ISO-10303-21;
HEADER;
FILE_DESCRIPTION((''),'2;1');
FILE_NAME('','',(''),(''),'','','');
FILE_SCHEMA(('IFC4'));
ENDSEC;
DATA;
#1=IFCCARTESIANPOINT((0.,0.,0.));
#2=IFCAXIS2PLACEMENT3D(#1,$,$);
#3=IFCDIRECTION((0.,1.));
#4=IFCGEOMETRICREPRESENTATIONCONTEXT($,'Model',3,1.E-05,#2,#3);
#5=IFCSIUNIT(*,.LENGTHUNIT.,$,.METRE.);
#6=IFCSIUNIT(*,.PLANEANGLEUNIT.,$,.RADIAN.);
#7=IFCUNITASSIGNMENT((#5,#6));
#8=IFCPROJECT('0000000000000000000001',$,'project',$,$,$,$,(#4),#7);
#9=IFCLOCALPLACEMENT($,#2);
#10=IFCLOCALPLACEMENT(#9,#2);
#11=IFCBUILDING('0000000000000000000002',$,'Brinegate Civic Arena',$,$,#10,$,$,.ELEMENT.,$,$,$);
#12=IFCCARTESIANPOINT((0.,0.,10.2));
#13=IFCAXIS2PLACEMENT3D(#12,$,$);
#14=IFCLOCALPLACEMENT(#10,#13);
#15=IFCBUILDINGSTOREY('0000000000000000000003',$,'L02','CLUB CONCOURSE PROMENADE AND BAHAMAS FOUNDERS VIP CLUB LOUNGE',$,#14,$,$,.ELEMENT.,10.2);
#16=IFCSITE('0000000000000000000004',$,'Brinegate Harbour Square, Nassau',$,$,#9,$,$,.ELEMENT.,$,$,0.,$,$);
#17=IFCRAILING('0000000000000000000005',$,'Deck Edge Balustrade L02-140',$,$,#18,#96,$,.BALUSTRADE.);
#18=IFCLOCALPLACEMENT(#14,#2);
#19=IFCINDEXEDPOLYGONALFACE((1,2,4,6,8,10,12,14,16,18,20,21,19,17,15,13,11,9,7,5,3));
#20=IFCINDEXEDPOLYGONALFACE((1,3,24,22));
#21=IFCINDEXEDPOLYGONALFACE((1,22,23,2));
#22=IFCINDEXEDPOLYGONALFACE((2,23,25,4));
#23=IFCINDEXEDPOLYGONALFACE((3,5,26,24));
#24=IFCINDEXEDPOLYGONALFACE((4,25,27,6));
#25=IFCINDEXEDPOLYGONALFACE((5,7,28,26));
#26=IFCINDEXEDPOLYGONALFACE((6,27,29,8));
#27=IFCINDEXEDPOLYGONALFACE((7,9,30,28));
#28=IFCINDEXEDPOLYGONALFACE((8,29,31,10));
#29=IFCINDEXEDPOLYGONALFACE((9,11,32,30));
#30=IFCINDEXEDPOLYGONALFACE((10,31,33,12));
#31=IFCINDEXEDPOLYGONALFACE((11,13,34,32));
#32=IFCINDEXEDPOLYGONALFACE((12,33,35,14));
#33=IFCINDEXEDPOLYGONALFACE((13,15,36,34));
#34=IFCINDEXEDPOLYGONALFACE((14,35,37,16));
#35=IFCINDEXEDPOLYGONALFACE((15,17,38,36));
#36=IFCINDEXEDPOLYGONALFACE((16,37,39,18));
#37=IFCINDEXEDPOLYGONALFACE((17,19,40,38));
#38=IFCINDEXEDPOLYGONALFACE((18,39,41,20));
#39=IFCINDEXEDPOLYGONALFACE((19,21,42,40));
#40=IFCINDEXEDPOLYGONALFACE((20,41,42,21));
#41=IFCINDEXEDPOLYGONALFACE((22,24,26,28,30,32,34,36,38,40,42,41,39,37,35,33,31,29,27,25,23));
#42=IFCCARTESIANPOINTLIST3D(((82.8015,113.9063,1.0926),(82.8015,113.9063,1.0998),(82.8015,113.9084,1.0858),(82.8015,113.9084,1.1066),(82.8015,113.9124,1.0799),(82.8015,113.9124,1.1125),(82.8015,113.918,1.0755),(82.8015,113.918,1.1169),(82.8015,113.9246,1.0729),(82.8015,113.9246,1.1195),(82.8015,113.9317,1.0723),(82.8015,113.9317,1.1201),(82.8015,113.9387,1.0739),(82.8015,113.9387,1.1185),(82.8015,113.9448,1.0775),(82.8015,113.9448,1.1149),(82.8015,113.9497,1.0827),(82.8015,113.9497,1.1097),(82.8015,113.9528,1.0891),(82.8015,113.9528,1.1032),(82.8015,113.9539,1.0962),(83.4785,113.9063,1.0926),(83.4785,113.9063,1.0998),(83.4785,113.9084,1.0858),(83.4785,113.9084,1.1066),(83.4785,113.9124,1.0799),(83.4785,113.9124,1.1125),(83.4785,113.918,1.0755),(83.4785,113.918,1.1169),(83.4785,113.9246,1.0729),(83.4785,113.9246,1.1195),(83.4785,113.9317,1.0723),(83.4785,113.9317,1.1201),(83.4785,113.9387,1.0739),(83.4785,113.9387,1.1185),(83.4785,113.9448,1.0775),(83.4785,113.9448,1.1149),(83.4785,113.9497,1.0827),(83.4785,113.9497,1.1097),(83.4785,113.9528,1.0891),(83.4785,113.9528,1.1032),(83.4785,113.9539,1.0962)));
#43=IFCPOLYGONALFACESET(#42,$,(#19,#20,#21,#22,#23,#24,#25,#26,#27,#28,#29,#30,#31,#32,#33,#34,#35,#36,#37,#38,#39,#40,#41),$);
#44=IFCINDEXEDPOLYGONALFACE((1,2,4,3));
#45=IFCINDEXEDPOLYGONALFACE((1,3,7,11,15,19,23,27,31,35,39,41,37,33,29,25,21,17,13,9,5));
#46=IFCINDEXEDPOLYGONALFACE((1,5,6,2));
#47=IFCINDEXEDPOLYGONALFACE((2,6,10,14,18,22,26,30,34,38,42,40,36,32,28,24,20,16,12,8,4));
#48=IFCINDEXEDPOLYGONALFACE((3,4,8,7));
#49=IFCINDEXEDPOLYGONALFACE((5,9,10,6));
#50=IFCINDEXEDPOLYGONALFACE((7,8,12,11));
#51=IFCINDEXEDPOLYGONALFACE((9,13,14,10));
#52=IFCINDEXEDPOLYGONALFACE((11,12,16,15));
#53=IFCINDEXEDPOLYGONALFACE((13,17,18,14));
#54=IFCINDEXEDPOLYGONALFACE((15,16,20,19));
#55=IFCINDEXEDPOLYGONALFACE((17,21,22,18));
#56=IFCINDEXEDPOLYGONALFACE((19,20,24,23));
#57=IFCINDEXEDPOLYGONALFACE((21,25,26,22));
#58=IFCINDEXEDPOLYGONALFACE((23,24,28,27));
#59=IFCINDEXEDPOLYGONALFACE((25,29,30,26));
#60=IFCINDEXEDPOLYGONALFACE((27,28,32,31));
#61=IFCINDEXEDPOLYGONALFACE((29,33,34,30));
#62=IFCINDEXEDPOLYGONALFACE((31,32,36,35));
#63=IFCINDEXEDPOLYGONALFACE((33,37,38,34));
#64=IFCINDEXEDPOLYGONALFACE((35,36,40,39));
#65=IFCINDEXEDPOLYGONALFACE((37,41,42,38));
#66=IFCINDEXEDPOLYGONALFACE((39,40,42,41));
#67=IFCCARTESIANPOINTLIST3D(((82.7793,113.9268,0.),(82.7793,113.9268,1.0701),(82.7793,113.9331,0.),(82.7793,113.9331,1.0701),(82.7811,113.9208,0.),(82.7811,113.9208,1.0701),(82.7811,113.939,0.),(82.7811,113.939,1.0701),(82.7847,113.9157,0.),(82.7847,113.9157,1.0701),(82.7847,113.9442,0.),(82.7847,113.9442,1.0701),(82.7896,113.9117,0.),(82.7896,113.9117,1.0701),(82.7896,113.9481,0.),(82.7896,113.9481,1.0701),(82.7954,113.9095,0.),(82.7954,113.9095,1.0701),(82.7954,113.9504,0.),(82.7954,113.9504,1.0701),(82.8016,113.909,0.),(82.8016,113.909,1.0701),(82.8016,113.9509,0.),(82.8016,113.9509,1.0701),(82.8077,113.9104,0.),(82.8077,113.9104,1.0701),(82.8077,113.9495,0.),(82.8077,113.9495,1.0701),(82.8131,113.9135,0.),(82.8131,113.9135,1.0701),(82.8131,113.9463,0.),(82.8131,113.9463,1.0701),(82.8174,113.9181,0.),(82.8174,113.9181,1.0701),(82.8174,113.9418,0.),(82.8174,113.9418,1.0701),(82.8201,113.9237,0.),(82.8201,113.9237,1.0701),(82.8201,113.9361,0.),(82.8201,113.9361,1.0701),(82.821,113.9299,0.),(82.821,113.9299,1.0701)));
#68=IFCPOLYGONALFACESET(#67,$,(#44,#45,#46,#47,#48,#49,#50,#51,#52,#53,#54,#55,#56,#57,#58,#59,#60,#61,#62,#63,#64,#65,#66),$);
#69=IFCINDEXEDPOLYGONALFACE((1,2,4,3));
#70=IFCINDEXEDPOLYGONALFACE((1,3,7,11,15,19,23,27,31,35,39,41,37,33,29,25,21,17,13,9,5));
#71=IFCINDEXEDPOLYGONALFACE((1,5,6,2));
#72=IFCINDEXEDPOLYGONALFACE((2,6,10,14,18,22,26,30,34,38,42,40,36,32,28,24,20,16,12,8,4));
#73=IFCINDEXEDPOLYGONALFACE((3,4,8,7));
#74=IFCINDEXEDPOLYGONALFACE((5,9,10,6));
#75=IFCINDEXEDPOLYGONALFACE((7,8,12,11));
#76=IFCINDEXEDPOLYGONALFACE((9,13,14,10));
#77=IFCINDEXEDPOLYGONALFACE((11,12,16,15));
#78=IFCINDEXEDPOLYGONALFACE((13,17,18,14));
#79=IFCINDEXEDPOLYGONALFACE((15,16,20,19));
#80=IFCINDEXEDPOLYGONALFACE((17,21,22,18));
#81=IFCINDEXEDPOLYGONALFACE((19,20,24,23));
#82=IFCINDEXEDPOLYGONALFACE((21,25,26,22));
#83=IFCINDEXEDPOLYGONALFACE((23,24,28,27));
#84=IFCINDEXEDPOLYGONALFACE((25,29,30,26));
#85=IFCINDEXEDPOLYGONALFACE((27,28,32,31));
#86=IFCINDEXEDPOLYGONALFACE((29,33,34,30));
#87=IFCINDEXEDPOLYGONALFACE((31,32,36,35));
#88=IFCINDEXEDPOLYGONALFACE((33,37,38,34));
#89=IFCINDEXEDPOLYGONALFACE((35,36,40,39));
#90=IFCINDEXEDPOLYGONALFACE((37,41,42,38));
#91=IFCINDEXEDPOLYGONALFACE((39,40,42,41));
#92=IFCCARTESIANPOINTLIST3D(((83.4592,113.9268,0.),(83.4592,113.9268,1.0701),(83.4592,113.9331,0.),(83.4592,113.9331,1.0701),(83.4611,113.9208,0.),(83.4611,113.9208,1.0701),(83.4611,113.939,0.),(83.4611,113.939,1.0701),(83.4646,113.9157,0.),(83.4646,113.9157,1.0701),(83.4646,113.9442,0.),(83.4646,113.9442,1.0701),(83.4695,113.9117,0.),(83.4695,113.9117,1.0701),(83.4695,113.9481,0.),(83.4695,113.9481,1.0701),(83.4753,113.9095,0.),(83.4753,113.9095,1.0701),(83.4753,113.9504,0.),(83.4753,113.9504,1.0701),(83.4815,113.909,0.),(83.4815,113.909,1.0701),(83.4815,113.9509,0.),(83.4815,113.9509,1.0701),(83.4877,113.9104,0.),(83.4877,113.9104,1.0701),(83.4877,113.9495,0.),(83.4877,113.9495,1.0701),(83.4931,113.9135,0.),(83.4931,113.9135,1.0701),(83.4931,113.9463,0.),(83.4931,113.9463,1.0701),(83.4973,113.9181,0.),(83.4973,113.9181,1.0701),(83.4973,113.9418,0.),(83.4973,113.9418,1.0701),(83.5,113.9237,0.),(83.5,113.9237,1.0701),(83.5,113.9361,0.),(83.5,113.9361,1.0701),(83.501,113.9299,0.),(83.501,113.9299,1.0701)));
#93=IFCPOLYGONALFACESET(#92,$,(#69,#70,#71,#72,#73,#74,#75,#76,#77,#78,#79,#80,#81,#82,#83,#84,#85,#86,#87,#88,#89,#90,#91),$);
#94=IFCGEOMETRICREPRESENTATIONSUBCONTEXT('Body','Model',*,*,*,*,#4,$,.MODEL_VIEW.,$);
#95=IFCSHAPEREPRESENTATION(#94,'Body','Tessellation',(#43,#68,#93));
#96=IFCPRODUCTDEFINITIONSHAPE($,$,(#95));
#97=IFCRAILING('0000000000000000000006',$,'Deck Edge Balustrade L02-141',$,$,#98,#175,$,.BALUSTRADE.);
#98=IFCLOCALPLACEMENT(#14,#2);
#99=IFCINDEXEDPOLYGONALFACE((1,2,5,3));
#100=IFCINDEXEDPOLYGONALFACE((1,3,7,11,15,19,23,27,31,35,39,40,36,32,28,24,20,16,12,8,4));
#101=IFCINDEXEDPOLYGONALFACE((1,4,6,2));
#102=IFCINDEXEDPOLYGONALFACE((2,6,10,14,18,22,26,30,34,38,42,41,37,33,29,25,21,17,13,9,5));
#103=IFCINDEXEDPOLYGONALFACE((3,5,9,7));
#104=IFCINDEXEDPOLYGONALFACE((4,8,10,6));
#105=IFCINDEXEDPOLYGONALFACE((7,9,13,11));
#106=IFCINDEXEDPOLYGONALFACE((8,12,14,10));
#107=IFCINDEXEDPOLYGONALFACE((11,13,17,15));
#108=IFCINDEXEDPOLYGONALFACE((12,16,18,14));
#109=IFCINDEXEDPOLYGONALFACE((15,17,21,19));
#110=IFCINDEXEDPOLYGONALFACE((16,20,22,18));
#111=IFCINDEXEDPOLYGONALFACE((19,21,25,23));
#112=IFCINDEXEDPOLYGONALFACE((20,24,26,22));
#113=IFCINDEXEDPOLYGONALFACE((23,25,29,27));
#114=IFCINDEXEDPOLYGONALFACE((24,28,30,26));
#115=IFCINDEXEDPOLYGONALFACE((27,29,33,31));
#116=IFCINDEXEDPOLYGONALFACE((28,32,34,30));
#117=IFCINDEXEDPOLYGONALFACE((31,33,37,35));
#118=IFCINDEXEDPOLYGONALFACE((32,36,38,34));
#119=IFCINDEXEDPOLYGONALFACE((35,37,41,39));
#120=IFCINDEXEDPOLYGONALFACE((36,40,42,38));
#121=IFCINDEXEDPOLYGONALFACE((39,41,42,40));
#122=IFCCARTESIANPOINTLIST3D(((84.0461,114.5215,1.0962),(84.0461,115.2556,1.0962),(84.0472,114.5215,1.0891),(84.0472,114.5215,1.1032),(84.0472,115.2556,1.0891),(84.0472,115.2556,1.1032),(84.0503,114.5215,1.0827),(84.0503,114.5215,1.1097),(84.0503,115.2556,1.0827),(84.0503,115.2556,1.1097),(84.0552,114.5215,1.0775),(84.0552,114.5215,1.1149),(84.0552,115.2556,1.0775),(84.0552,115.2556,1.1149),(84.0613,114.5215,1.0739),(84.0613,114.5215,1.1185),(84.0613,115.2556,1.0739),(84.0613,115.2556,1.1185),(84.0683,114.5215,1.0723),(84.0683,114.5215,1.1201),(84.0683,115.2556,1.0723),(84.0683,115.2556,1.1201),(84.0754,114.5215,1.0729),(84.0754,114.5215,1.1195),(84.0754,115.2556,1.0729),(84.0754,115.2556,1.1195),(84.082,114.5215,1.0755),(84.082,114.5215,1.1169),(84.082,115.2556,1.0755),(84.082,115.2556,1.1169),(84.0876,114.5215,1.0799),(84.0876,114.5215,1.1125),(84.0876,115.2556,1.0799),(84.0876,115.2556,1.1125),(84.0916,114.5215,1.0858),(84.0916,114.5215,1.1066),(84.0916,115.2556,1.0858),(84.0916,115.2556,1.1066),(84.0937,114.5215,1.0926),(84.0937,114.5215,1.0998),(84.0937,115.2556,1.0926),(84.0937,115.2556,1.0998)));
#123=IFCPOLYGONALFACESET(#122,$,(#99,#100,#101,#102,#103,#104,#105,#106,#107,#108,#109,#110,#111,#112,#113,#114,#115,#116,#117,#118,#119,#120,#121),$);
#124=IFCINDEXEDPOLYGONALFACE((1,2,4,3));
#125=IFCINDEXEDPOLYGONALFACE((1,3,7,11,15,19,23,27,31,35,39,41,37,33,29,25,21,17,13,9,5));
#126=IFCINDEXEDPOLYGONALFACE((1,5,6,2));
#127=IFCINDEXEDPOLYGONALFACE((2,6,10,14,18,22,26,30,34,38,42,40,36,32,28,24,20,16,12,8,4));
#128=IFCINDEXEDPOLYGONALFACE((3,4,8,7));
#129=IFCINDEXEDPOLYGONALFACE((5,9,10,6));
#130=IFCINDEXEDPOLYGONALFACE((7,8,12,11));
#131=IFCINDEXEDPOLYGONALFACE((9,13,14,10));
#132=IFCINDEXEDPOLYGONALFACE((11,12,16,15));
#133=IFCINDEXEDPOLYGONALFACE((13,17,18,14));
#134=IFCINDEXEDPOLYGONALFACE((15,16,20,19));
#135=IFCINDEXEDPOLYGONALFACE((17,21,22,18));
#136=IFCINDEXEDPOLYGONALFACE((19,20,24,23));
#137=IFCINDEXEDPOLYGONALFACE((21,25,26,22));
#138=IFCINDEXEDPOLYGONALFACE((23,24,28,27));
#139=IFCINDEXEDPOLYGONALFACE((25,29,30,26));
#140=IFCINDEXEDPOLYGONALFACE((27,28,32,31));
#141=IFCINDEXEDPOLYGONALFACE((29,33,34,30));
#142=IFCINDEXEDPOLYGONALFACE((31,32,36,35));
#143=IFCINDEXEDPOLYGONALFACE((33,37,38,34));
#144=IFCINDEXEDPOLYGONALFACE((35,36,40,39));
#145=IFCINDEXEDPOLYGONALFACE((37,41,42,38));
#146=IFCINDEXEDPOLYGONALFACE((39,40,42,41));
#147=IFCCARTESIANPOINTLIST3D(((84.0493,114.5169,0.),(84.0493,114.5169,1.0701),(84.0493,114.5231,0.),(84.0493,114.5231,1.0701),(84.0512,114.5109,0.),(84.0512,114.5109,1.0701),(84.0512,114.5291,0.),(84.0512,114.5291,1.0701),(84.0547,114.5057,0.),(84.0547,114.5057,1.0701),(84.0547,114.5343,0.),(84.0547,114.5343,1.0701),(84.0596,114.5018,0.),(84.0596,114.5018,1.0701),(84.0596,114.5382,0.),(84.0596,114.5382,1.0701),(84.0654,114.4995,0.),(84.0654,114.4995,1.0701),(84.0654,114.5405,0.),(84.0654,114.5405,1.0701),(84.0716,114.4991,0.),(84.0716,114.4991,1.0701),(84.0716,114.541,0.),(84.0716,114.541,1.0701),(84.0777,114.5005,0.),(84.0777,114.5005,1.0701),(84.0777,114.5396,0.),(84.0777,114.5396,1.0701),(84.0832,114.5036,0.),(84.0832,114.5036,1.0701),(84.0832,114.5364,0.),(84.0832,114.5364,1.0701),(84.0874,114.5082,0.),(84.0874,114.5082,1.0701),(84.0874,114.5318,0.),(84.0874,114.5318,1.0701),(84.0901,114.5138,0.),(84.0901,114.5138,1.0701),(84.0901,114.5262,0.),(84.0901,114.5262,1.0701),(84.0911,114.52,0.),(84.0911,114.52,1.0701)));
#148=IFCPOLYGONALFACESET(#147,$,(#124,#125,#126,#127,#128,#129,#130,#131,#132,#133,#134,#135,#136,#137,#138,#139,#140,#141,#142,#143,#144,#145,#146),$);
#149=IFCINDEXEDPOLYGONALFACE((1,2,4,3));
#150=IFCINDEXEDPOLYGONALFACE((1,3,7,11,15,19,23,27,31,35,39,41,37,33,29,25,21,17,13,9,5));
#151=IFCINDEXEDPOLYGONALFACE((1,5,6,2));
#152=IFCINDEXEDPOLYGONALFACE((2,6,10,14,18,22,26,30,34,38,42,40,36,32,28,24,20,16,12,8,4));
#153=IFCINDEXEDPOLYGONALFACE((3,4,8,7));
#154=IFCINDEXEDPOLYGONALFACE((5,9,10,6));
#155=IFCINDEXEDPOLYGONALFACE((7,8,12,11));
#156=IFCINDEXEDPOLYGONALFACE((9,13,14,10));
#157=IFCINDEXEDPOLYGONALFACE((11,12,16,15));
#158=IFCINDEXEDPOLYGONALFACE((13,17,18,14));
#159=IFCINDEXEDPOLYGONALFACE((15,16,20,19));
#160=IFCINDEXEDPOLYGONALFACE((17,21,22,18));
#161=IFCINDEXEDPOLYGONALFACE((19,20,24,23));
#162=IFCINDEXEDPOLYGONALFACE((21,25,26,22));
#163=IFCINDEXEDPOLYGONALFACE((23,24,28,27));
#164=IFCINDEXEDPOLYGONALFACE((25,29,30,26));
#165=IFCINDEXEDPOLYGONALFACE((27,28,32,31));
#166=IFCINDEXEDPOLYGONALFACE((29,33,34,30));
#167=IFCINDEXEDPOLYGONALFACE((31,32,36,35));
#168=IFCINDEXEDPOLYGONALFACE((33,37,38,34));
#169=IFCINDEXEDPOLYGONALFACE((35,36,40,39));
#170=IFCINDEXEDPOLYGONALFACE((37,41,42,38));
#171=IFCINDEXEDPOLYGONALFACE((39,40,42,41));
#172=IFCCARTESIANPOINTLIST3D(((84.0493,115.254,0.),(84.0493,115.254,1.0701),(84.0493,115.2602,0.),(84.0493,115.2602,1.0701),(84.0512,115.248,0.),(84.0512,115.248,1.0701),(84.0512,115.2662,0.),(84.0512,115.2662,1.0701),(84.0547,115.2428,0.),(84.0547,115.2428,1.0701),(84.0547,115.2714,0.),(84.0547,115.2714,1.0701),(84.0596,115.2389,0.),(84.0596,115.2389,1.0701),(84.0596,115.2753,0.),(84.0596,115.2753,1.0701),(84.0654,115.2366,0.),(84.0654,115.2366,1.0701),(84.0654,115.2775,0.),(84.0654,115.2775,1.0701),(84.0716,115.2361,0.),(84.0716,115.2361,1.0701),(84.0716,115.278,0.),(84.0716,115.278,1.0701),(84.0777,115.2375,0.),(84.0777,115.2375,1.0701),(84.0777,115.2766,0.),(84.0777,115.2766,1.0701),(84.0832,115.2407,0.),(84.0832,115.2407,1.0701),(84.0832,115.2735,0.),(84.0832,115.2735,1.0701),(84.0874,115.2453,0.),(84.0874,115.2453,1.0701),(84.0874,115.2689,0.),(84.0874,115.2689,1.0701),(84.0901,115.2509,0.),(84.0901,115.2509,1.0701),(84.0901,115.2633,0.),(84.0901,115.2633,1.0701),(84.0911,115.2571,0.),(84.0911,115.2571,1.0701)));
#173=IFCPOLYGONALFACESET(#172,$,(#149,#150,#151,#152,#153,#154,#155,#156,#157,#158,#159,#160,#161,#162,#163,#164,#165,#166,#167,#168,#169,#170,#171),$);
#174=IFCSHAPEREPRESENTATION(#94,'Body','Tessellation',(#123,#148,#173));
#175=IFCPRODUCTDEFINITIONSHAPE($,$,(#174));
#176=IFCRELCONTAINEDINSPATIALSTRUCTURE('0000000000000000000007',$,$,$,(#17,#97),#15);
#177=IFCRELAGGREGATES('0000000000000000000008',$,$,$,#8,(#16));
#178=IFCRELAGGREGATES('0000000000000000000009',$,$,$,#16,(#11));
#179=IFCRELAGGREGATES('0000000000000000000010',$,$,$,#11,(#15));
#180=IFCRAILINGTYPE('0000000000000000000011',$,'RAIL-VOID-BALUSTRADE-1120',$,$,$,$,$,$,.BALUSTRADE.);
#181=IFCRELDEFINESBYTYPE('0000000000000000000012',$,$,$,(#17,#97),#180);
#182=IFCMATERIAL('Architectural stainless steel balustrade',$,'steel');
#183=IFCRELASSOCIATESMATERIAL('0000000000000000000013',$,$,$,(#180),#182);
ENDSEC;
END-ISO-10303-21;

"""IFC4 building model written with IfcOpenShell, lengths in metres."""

from ifc_helpers import new_model, si_unit, direction, frame, origin, origin_2d, place, context, subcontext, project, spatial, circle, extrude, material, type_object, element, save


model = new_model("IFC4")

# Units and contexts
model_context = context("Model", 3, precision=1e-05, world=origin(), true_north=direction((0.0, 1.0)))
body_context = subcontext(model_context, "Body", "Model", "MODEL_VIEW")
ifc_project = project(units=[si_unit("LENGTHUNIT", "METRE"), si_unit("PLANEANGLEUNIT", "RADIAN")], contexts=[model_context])

# Site, building, storey
site_placement = place(None, origin())
site = spatial("IfcSite", under=ifc_project, at=site_placement, Name="Brinegate Harbour Square, Nassau", CompositionType="ELEMENT", RefElevation=0.0)
building_placement = place(site_placement, origin())
building = spatial("IfcBuilding", under=site, at=building_placement, Name="Brinegate Civic Arena", CompositionType="ELEMENT")
storey_placement = place(building_placement, frame((0.0, 0.0, 10.2)))
storey = spatial("IfcBuildingStorey", under=building, at=storey_placement, Name="L02", Description="CLUB CONCOURSE PROMENADE AND BAHAMAS FOUNDERS VIP CLUB LOUNGE", CompositionType="ELEMENT", Elevation=10.2)

# Railings
ifc_material_1 = material(Name="Architectural stainless steel balustrade", Category="steel")
railing_type_1 = type_object("IfcRailingType", Name="RAIL-VOID-BALUSTRADE-1120", PredefinedType="BALUSTRADE", material=ifc_material_1)
railing_1_placement = place(storey_placement, frame((82.8, 113.9299, 0.0)))
element("IfcRailing", 1, at=railing_1_placement, inside=storey, type_object=railing_type_1, Name="Deck Edge Balustrade L02-140", PredefinedType="BALUSTRADE", context=body_context, shape_type="SweptSolid", body=[
    extrude(circle(Radius=0.0239, at=origin_2d()), frame((0.0015, 0.0, 1.0962), z_axis=(1.0, 0.0, 0.0), x_axis=(0.0, 1.0, 0.0)), (0.0, 0.0, 1.0), 0.677),
    extrude(circle(Radius=0.021, at=origin_2d()), origin(), (0.0, 0.0, 1.0), 1.0701),
    extrude(circle(Radius=0.021, at=origin_2d()), frame((0.6799, 0.0, 0.0)), (0.0, 0.0, 1.0), 1.0701),
])
railing_2_placement = place(storey_placement, frame((84.0701, 114.52, 0.0)))
element("IfcRailing", 2, at=railing_2_placement, inside=storey, type_object=railing_type_1, Name="Deck Edge Balustrade L02-141", PredefinedType="BALUSTRADE", context=body_context, shape_type="SweptSolid", body=[
    extrude(circle(Radius=0.0239, at=origin_2d()), frame((0.0, 0.0015, 1.0962), z_axis=(0.0, 1.0, 0.0), x_axis=(-1.0, 0.0, 0.0)), (0.0, 0.0, 1.0), 0.7341),
    extrude(circle(Radius=0.021, at=origin_2d()), origin(), (0.0, 0.0, 1.0), 1.0701),
    extrude(circle(Radius=0.021, at=origin_2d()), frame((0.0, 0.7371, 0.0)), (0.0, 0.0, 1.0), 1.0701),
])

save(model, "model.ifc")
